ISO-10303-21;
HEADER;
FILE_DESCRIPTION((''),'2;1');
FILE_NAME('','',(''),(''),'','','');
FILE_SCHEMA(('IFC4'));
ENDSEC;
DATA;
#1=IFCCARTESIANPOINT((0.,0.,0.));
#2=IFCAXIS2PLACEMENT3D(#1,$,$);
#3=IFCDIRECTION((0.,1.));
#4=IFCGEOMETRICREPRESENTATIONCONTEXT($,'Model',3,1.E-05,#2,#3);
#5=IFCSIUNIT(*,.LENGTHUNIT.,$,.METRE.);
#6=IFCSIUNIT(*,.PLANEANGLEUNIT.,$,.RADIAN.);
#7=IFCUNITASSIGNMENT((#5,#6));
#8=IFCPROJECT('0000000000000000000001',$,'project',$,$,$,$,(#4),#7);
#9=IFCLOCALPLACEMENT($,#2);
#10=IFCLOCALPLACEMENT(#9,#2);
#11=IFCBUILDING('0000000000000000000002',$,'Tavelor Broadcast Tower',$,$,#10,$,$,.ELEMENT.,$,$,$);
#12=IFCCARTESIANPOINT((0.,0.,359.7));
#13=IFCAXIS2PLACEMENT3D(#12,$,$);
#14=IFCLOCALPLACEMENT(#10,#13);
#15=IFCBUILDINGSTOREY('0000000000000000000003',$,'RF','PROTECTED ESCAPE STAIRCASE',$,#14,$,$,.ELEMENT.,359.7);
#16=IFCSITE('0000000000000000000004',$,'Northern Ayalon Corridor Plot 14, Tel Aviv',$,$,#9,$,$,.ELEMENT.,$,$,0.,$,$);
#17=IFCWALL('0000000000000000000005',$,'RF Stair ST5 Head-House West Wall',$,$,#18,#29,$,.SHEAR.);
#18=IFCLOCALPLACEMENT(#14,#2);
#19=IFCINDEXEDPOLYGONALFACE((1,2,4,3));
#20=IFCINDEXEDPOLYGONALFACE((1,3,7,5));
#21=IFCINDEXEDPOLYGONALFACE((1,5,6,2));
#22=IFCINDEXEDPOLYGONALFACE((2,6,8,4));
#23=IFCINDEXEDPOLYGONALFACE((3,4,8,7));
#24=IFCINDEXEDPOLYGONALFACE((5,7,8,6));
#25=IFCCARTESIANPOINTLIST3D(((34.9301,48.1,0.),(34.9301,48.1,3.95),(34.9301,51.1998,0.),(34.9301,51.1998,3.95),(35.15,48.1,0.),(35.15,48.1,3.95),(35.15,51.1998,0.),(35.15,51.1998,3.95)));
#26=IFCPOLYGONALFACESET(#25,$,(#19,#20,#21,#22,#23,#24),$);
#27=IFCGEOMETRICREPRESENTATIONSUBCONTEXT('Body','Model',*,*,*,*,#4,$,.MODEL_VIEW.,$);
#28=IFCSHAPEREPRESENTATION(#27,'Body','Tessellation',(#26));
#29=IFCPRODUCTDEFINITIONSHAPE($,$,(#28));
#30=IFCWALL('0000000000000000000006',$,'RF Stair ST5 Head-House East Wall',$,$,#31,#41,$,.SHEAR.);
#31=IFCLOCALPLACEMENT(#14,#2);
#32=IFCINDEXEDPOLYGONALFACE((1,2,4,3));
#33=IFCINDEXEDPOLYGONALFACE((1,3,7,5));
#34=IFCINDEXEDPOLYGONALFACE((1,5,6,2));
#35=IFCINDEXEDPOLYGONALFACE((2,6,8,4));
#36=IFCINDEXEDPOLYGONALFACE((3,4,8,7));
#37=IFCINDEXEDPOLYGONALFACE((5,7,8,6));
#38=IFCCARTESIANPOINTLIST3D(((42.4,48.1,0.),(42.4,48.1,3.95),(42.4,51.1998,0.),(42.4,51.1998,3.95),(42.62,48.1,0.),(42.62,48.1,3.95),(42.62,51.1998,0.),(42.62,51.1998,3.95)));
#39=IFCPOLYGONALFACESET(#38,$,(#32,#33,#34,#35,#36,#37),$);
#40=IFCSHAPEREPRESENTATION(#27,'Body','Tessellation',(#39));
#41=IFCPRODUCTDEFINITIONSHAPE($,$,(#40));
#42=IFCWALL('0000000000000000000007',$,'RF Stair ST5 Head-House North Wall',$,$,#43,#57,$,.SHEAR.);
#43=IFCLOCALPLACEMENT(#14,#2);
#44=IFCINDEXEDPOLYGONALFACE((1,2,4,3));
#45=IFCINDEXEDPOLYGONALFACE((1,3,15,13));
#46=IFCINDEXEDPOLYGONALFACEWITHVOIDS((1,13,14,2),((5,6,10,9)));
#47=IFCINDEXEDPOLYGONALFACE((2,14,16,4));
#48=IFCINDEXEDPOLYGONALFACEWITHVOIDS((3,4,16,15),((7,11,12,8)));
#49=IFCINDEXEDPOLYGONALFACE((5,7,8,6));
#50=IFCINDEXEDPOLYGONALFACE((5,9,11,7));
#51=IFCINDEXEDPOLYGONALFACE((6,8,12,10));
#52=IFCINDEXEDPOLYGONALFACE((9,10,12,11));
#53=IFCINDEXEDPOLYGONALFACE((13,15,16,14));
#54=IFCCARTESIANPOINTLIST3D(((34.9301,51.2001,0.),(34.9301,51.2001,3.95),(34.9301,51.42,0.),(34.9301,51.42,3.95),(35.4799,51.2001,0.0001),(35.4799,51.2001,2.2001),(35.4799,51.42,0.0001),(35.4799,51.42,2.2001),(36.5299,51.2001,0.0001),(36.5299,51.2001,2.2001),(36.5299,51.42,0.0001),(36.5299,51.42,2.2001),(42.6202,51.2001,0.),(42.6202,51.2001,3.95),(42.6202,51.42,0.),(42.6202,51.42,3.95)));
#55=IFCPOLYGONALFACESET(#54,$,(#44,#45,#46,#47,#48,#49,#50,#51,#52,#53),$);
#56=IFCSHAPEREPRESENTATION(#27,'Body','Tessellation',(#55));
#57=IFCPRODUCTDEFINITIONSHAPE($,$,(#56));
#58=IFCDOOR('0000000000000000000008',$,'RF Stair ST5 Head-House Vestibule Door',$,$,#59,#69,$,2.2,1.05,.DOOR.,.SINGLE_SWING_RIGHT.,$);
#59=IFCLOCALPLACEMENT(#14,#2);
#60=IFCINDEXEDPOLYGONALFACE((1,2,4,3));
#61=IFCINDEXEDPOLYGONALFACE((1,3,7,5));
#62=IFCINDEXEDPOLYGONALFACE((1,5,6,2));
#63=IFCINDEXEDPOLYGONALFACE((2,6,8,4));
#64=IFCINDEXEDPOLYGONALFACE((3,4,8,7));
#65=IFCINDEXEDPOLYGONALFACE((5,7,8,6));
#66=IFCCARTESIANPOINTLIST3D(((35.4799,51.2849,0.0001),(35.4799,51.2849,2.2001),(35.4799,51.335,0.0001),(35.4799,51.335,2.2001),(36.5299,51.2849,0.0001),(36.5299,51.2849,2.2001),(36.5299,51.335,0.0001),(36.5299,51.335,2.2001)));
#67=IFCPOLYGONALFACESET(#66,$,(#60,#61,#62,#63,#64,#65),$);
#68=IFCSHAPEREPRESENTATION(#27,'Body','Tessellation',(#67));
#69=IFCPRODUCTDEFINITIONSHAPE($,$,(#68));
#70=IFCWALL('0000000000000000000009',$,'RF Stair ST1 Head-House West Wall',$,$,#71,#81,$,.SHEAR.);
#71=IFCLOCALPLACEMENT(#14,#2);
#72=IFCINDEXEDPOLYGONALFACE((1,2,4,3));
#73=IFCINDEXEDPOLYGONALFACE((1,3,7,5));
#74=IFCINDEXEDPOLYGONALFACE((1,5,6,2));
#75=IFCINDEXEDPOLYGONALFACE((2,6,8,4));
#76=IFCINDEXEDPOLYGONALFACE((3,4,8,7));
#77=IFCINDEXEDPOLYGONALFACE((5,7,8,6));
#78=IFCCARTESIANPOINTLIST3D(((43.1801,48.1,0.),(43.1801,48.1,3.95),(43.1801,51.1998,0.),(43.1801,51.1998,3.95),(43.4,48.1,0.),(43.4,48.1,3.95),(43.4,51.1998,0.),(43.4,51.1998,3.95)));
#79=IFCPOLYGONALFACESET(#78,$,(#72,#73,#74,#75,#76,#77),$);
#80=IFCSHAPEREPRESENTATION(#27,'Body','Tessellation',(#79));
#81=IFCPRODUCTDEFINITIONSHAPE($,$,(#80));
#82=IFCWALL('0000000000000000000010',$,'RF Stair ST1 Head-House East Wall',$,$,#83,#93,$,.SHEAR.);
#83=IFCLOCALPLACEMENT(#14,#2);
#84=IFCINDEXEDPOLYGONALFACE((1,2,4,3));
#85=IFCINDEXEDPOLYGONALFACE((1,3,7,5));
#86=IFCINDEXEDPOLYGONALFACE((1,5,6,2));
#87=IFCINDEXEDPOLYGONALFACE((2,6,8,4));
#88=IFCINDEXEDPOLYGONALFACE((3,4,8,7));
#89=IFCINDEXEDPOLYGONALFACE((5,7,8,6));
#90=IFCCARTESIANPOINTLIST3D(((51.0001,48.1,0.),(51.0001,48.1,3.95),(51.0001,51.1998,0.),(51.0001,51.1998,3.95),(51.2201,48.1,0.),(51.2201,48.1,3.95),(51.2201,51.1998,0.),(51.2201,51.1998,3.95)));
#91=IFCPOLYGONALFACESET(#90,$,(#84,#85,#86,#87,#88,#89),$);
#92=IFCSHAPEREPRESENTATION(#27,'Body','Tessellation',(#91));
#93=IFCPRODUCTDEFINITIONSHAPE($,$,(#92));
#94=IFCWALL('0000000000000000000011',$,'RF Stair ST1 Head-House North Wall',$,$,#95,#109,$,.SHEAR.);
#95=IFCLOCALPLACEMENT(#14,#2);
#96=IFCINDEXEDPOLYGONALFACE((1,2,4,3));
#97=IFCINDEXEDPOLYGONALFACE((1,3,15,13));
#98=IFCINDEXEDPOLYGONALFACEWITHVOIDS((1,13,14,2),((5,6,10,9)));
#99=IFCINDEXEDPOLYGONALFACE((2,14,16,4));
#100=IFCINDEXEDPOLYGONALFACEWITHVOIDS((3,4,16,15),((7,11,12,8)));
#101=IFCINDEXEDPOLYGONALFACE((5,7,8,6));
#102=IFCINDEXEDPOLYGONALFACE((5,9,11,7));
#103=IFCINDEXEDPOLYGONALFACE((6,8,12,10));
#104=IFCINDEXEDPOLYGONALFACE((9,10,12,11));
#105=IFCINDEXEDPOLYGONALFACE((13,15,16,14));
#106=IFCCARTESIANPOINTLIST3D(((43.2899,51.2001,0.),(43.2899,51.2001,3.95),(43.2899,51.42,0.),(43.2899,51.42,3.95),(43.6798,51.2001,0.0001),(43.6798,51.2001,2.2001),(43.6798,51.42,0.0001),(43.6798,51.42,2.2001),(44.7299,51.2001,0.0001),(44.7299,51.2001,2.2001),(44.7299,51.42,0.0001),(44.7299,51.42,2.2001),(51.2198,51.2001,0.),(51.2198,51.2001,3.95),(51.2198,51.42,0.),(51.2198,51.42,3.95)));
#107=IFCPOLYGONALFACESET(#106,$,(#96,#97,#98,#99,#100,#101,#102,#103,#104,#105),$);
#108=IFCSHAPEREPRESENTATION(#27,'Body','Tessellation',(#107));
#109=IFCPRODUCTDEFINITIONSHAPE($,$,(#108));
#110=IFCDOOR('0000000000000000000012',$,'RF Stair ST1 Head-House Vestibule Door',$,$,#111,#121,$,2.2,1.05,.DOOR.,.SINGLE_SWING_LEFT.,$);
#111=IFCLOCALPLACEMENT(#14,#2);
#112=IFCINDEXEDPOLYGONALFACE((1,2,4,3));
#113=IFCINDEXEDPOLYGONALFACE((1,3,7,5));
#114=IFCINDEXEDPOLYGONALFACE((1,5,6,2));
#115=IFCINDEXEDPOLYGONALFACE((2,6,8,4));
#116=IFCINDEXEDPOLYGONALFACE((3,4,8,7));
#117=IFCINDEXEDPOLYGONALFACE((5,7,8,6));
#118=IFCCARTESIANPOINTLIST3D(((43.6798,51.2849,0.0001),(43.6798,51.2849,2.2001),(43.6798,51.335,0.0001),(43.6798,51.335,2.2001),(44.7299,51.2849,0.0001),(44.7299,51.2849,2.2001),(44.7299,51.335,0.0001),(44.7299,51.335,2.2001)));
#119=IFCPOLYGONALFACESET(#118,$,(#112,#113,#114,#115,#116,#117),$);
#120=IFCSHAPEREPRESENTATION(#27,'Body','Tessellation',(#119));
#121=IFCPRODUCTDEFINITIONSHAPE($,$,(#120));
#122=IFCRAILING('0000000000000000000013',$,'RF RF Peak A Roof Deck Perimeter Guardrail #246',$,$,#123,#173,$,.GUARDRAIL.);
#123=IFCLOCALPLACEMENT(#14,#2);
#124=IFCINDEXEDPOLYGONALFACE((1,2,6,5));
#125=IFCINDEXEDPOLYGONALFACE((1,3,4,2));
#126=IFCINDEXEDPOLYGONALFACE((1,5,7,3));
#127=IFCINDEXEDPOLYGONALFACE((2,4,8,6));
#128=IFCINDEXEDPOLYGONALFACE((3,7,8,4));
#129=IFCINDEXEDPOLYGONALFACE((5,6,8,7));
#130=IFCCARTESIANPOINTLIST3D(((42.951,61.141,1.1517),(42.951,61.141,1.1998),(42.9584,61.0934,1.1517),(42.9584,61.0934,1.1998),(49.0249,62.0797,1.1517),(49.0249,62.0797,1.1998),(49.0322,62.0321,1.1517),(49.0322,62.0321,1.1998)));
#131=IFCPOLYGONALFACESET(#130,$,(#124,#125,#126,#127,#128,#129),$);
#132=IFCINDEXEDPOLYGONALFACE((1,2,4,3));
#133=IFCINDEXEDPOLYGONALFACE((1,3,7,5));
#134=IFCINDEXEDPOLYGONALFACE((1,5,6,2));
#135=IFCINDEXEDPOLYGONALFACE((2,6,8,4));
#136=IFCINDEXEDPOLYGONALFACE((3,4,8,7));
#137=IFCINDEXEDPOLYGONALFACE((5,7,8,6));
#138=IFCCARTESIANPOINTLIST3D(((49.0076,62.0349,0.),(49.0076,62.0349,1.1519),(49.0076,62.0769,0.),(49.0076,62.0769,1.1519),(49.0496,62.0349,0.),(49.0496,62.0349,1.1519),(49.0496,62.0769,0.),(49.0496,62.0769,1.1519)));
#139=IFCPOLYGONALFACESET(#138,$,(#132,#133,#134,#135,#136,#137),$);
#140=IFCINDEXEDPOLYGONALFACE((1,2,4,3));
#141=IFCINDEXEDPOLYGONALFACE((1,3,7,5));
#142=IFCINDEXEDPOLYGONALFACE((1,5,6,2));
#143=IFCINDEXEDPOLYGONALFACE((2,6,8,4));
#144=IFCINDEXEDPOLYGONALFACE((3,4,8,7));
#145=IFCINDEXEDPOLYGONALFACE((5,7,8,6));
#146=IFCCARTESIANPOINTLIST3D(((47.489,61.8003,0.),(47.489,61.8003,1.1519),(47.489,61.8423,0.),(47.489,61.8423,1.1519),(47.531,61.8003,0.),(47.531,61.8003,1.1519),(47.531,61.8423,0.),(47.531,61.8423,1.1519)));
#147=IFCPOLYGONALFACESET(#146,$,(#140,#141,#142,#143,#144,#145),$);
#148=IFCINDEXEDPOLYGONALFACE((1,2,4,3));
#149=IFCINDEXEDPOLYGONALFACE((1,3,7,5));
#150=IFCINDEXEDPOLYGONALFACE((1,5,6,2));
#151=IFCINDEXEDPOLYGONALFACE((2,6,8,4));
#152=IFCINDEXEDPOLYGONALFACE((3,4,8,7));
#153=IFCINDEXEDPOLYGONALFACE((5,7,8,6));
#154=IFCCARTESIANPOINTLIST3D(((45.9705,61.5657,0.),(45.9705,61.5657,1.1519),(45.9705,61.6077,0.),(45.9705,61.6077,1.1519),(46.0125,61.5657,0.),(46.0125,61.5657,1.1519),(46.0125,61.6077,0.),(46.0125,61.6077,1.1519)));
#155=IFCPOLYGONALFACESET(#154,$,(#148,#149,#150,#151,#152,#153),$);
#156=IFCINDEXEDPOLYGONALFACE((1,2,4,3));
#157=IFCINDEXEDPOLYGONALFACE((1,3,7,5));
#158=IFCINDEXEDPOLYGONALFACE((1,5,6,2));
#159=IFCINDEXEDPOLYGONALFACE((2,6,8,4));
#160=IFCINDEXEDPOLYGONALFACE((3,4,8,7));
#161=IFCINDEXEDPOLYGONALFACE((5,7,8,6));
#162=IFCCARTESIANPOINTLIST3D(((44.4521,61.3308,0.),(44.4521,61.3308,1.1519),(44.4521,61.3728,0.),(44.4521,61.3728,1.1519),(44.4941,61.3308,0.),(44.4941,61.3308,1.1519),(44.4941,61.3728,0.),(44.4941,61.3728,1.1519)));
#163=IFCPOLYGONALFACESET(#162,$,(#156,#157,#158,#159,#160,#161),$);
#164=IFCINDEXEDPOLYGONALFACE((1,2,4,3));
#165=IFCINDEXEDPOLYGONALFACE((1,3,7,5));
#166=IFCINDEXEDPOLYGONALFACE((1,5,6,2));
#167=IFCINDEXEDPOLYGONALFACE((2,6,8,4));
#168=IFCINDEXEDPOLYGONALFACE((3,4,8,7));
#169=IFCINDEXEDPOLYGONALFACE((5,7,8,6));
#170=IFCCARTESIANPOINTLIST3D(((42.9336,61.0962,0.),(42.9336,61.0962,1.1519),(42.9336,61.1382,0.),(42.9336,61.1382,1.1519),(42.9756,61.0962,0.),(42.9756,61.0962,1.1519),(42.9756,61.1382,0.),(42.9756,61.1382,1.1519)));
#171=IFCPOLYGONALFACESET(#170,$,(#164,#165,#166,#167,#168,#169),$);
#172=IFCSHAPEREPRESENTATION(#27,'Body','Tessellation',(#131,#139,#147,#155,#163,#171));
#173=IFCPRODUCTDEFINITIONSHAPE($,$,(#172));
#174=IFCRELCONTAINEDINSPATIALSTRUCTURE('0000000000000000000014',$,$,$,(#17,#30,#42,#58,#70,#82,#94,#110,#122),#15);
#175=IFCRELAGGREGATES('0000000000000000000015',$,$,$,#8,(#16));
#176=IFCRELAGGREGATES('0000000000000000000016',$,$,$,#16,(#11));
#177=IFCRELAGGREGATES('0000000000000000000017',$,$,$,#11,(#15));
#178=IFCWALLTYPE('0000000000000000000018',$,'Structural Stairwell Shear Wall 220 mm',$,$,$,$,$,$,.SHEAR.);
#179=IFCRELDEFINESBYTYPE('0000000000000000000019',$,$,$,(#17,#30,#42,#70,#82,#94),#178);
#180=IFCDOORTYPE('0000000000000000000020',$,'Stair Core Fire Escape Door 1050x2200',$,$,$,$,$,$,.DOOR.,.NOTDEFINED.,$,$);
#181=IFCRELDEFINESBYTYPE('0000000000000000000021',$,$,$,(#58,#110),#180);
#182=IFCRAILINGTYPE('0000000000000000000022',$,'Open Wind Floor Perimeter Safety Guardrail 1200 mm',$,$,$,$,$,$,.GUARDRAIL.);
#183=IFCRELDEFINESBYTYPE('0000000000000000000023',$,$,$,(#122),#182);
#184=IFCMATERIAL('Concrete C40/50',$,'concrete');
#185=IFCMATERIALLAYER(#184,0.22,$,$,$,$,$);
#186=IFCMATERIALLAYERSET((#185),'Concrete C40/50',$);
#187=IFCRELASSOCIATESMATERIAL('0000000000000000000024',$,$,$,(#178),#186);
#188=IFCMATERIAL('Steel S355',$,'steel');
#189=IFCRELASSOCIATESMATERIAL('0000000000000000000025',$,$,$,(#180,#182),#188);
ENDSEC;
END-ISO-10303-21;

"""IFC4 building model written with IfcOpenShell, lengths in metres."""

from ifc_helpers import new_model, si_unit, direction, frame, frame_2d, origin, origin_2d, place, context, subcontext, project, spatial, rectangle, extrude, material, layer, layer_set, type_object, element, fill, save


model = new_model("IFC4")

# Units and contexts
model_context = context("Model", 3, precision=1e-05, world=origin(), true_north=direction((0.0, 1.0)))
body_context = subcontext(model_context, "Body", "Model", "MODEL_VIEW")
ifc_project = project(units=[si_unit("LENGTHUNIT", "METRE"), si_unit("PLANEANGLEUNIT", "RADIAN")], contexts=[model_context])

# Site, building, storey
site_placement = place(None, origin())
site = spatial("IfcSite", under=ifc_project, at=site_placement, Name="Northern Ayalon Corridor Plot 14, Tel Aviv", CompositionType="ELEMENT", RefElevation=0.0)
building_placement = place(site_placement, origin())
building = spatial("IfcBuilding", under=site, at=building_placement, Name="Tavelor Broadcast Tower", CompositionType="ELEMENT")
storey_placement = place(building_placement, frame((0.0, 0.0, 359.7)))
storey = spatial("IfcBuildingStorey", under=building, at=storey_placement, Name="RF", Description="PROTECTED ESCAPE STAIRCASE", CompositionType="ELEMENT", Elevation=359.7)

# Walls
ifc_material_1 = material(Name="Concrete C40/50", Category="concrete")
ifc_layer_1 = layer(ifc_material_1, 0.22)
ifc_layer_set_1 = layer_set([ifc_layer_1], Name="Concrete C40/50")
wall_type_1 = type_object("IfcWallType", Name="Structural Stairwell Shear Wall 220 mm", PredefinedType="SHEAR", material=ifc_layer_set_1)
for number, where, z_axis, x_axis, name in (
    (1, (35.04, 48.1001, 0.0), (0.0, 0.0, 1.0), (0.0, 1.0, 0.0), "RF Stair ST5 Head-House West Wall"),
    (2, (42.51, 48.1001, 0.0), (0.0, 0.0, 1.0), (0.0, 1.0, 0.0), "RF Stair ST5 Head-House East Wall"),
):
    element("IfcWall", number, at=place(storey_placement, frame(where, z_axis=z_axis, x_axis=x_axis)), inside=storey, type_object=wall_type_1, Name=name, PredefinedType="SHEAR", context=body_context, shape_type="SweptSolid", body=[
        extrude(rectangle(XDim=3.0999, YDim=0.22, at=frame_2d((1.5498, 0.0))), origin(), (0.0, 0.0, 1.0), 3.95),
    ])

# Wall, opening, door
wall_1_placement = place(storey_placement, frame((34.9299, 51.3101, 0.0), z_axis=(0.0, 0.0, 1.0), x_axis=(1.0, 0.0, 0.0)))
wall_1 = element("IfcWall", 3, at=wall_1_placement, inside=storey, type_object=wall_type_1, Name="RF Stair ST5 Head-House North Wall", PredefinedType="SHEAR", context=body_context, shape_type="SweptSolid", body=[
    extrude(rectangle(XDim=7.6902, YDim=0.22, at=frame_2d((3.8452, 0.0))), origin(), (0.0, 0.0, 1.0), 3.95),
])
opening_1_placement = place(wall_1_placement, frame((0.55, 0.0, 0.0)))
opening_1 = element("IfcOpeningElement", 4, at=opening_1_placement, cuts=wall_1, PredefinedType="OPENING", context=body_context, shape_type="SweptSolid", body=[
    extrude(rectangle(XDim=1.05, YDim=2.2, at=frame_2d((0.5249, 1.1001))), frame((0.0, 0.1201, 0.0), z_axis=(0.0, -1.0, 0.0), x_axis=(1.0, 0.0, 0.0)), (0.0, 0.0, 1.0), 0.24),
])
ifc_material_2 = material(Name="Steel S355", Category="steel")
door_type_1 = type_object("IfcDoorType", Name="Stair Core Fire Escape Door 1050x2200", OperationType="NOTDEFINED", PredefinedType="DOOR", material=ifc_material_2)
door_1_placement = place(opening_1_placement, origin())
door_1 = element("IfcDoor", 5, at=door_1_placement, inside=storey, type_object=door_type_1, Name="RF Stair ST5 Head-House Vestibule Door", OperationType="SINGLE_SWING_RIGHT", OverallHeight=2.2, OverallWidth=1.05, PredefinedType="DOOR", context=body_context, shape_type="SweptSolid", body=[
    extrude(rectangle(XDim=1.05, YDim=2.2, at=frame_2d((0.5249, 1.1001))), frame((0.0, 0.0249, 0.0), z_axis=(0.0, -1.0, 0.0), x_axis=(1.0, 0.0, 0.0)), (0.0, 0.0, 1.0), 0.05),
])
fill(opening_1, door_1)

# Walls
for number, where, z_axis, x_axis, name in (
    (6, (43.29, 48.1001, 0.0), (0.0, 0.0, 1.0), (0.0, 1.0, 0.0), "RF Stair ST1 Head-House West Wall"),
    (7, (51.1101, 48.1001, 0.0), (0.0, 0.0, 1.0), (0.0, 1.0, 0.0), "RF Stair ST1 Head-House East Wall"),
):
    element("IfcWall", number, at=place(storey_placement, frame(where, z_axis=z_axis, x_axis=x_axis)), inside=storey, type_object=wall_type_1, Name=name, PredefinedType="SHEAR", context=body_context, shape_type="SweptSolid", body=[
        extrude(rectangle(XDim=3.0999, YDim=0.22, at=frame_2d((1.5498, 0.0))), origin(), (0.0, 0.0, 1.0), 3.95),
    ])

# Wall, opening, door
wall_2_placement = place(storey_placement, frame((43.29, 51.3101, 0.0), z_axis=(0.0, 0.0, 1.0), x_axis=(1.0, 0.0, 0.0)))
wall_2 = element("IfcWall", 8, at=wall_2_placement, inside=storey, type_object=wall_type_1, Name="RF Stair ST1 Head-House North Wall", PredefinedType="SHEAR", context=body_context, shape_type="SweptSolid", body=[
    extrude(rectangle(XDim=7.9299, YDim=0.22, at=frame_2d((3.9648, 0.0))), origin(), (0.0, 0.0, 1.0), 3.95),
])
opening_2_placement = place(wall_2_placement, frame((0.3899, 0.0, 0.0)))
opening_2 = element("IfcOpeningElement", 9, at=opening_2_placement, cuts=wall_2, PredefinedType="OPENING", context=body_context, shape_type="SweptSolid", body=[
    extrude(rectangle(XDim=1.05, YDim=2.2, at=frame_2d((0.5249, 1.1001))), frame((0.0, 0.1201, 0.0), z_axis=(0.0, -1.0, 0.0), x_axis=(1.0, 0.0, 0.0)), (0.0, 0.0, 1.0), 0.24),
])
door_2_placement = place(opening_2_placement, origin())
door_2 = element("IfcDoor", 10, at=door_2_placement, inside=storey, type_object=door_type_1, Name="RF Stair ST1 Head-House Vestibule Door", OperationType="SINGLE_SWING_LEFT", OverallHeight=2.2, OverallWidth=1.05, PredefinedType="DOOR", context=body_context, shape_type="SweptSolid", body=[
    extrude(rectangle(XDim=1.05, YDim=2.2, at=frame_2d((0.5249, 1.1001))), frame((0.0, 0.0249, 0.0), z_axis=(0.0, -1.0, 0.0), x_axis=(1.0, 0.0, 0.0)), (0.0, 0.0, 1.0), 0.05),
])
fill(opening_2, door_2)

# Railing
railing_type_1 = type_object("IfcRailingType", Name="Open Wind Floor Perimeter Safety Guardrail 1200 mm", PredefinedType="GUARDRAIL", material=ifc_material_2)
railing_1_placement = place(storey_placement, frame((49.0286, 62.0559, 0.0)))
element("IfcRailing", 11, at=railing_1_placement, inside=storey, type_object=railing_type_1, Name="RF RF Peak A Roof Deck Perimeter Guardrail #246", PredefinedType="GUARDRAIL", context=body_context, shape_type="SweptSolid", body=[
    extrude(rectangle(XDim=0.0481, YDim=0.0481, at=origin_2d()), frame((0.0, 0.0, 1.1758), z_axis=(-0.988267, -0.152735, 0.0), x_axis=(0.152735, -0.988267, 0.0)), (0.0, 0.0, 1.0), 6.146),
    extrude(rectangle(XDim=0.042, YDim=0.042, at=origin_2d()), origin(), (0.0, 0.0, 1.0), 1.1519),
    extrude(rectangle(XDim=0.042, YDim=0.042, at=origin_2d()), frame((-1.5186, -0.2346, 0.0)), (0.0, 0.0, 1.0), 1.1519),
    extrude(rectangle(XDim=0.042, YDim=0.042, at=origin_2d()), frame((-3.0371, -0.4692, 0.0)), (0.0, 0.0, 1.0), 1.1519),
    extrude(rectangle(XDim=0.042, YDim=0.042, at=origin_2d()), frame((-4.5554, -0.7041, 0.0)), (0.0, 0.0, 1.0), 1.1519),
    extrude(rectangle(XDim=0.042, YDim=0.042, at=origin_2d()), frame((-6.074, -0.9387, 0.0)), (0.0, 0.0, 1.0), 1.1519),
])

save(model, "model.ifc")
